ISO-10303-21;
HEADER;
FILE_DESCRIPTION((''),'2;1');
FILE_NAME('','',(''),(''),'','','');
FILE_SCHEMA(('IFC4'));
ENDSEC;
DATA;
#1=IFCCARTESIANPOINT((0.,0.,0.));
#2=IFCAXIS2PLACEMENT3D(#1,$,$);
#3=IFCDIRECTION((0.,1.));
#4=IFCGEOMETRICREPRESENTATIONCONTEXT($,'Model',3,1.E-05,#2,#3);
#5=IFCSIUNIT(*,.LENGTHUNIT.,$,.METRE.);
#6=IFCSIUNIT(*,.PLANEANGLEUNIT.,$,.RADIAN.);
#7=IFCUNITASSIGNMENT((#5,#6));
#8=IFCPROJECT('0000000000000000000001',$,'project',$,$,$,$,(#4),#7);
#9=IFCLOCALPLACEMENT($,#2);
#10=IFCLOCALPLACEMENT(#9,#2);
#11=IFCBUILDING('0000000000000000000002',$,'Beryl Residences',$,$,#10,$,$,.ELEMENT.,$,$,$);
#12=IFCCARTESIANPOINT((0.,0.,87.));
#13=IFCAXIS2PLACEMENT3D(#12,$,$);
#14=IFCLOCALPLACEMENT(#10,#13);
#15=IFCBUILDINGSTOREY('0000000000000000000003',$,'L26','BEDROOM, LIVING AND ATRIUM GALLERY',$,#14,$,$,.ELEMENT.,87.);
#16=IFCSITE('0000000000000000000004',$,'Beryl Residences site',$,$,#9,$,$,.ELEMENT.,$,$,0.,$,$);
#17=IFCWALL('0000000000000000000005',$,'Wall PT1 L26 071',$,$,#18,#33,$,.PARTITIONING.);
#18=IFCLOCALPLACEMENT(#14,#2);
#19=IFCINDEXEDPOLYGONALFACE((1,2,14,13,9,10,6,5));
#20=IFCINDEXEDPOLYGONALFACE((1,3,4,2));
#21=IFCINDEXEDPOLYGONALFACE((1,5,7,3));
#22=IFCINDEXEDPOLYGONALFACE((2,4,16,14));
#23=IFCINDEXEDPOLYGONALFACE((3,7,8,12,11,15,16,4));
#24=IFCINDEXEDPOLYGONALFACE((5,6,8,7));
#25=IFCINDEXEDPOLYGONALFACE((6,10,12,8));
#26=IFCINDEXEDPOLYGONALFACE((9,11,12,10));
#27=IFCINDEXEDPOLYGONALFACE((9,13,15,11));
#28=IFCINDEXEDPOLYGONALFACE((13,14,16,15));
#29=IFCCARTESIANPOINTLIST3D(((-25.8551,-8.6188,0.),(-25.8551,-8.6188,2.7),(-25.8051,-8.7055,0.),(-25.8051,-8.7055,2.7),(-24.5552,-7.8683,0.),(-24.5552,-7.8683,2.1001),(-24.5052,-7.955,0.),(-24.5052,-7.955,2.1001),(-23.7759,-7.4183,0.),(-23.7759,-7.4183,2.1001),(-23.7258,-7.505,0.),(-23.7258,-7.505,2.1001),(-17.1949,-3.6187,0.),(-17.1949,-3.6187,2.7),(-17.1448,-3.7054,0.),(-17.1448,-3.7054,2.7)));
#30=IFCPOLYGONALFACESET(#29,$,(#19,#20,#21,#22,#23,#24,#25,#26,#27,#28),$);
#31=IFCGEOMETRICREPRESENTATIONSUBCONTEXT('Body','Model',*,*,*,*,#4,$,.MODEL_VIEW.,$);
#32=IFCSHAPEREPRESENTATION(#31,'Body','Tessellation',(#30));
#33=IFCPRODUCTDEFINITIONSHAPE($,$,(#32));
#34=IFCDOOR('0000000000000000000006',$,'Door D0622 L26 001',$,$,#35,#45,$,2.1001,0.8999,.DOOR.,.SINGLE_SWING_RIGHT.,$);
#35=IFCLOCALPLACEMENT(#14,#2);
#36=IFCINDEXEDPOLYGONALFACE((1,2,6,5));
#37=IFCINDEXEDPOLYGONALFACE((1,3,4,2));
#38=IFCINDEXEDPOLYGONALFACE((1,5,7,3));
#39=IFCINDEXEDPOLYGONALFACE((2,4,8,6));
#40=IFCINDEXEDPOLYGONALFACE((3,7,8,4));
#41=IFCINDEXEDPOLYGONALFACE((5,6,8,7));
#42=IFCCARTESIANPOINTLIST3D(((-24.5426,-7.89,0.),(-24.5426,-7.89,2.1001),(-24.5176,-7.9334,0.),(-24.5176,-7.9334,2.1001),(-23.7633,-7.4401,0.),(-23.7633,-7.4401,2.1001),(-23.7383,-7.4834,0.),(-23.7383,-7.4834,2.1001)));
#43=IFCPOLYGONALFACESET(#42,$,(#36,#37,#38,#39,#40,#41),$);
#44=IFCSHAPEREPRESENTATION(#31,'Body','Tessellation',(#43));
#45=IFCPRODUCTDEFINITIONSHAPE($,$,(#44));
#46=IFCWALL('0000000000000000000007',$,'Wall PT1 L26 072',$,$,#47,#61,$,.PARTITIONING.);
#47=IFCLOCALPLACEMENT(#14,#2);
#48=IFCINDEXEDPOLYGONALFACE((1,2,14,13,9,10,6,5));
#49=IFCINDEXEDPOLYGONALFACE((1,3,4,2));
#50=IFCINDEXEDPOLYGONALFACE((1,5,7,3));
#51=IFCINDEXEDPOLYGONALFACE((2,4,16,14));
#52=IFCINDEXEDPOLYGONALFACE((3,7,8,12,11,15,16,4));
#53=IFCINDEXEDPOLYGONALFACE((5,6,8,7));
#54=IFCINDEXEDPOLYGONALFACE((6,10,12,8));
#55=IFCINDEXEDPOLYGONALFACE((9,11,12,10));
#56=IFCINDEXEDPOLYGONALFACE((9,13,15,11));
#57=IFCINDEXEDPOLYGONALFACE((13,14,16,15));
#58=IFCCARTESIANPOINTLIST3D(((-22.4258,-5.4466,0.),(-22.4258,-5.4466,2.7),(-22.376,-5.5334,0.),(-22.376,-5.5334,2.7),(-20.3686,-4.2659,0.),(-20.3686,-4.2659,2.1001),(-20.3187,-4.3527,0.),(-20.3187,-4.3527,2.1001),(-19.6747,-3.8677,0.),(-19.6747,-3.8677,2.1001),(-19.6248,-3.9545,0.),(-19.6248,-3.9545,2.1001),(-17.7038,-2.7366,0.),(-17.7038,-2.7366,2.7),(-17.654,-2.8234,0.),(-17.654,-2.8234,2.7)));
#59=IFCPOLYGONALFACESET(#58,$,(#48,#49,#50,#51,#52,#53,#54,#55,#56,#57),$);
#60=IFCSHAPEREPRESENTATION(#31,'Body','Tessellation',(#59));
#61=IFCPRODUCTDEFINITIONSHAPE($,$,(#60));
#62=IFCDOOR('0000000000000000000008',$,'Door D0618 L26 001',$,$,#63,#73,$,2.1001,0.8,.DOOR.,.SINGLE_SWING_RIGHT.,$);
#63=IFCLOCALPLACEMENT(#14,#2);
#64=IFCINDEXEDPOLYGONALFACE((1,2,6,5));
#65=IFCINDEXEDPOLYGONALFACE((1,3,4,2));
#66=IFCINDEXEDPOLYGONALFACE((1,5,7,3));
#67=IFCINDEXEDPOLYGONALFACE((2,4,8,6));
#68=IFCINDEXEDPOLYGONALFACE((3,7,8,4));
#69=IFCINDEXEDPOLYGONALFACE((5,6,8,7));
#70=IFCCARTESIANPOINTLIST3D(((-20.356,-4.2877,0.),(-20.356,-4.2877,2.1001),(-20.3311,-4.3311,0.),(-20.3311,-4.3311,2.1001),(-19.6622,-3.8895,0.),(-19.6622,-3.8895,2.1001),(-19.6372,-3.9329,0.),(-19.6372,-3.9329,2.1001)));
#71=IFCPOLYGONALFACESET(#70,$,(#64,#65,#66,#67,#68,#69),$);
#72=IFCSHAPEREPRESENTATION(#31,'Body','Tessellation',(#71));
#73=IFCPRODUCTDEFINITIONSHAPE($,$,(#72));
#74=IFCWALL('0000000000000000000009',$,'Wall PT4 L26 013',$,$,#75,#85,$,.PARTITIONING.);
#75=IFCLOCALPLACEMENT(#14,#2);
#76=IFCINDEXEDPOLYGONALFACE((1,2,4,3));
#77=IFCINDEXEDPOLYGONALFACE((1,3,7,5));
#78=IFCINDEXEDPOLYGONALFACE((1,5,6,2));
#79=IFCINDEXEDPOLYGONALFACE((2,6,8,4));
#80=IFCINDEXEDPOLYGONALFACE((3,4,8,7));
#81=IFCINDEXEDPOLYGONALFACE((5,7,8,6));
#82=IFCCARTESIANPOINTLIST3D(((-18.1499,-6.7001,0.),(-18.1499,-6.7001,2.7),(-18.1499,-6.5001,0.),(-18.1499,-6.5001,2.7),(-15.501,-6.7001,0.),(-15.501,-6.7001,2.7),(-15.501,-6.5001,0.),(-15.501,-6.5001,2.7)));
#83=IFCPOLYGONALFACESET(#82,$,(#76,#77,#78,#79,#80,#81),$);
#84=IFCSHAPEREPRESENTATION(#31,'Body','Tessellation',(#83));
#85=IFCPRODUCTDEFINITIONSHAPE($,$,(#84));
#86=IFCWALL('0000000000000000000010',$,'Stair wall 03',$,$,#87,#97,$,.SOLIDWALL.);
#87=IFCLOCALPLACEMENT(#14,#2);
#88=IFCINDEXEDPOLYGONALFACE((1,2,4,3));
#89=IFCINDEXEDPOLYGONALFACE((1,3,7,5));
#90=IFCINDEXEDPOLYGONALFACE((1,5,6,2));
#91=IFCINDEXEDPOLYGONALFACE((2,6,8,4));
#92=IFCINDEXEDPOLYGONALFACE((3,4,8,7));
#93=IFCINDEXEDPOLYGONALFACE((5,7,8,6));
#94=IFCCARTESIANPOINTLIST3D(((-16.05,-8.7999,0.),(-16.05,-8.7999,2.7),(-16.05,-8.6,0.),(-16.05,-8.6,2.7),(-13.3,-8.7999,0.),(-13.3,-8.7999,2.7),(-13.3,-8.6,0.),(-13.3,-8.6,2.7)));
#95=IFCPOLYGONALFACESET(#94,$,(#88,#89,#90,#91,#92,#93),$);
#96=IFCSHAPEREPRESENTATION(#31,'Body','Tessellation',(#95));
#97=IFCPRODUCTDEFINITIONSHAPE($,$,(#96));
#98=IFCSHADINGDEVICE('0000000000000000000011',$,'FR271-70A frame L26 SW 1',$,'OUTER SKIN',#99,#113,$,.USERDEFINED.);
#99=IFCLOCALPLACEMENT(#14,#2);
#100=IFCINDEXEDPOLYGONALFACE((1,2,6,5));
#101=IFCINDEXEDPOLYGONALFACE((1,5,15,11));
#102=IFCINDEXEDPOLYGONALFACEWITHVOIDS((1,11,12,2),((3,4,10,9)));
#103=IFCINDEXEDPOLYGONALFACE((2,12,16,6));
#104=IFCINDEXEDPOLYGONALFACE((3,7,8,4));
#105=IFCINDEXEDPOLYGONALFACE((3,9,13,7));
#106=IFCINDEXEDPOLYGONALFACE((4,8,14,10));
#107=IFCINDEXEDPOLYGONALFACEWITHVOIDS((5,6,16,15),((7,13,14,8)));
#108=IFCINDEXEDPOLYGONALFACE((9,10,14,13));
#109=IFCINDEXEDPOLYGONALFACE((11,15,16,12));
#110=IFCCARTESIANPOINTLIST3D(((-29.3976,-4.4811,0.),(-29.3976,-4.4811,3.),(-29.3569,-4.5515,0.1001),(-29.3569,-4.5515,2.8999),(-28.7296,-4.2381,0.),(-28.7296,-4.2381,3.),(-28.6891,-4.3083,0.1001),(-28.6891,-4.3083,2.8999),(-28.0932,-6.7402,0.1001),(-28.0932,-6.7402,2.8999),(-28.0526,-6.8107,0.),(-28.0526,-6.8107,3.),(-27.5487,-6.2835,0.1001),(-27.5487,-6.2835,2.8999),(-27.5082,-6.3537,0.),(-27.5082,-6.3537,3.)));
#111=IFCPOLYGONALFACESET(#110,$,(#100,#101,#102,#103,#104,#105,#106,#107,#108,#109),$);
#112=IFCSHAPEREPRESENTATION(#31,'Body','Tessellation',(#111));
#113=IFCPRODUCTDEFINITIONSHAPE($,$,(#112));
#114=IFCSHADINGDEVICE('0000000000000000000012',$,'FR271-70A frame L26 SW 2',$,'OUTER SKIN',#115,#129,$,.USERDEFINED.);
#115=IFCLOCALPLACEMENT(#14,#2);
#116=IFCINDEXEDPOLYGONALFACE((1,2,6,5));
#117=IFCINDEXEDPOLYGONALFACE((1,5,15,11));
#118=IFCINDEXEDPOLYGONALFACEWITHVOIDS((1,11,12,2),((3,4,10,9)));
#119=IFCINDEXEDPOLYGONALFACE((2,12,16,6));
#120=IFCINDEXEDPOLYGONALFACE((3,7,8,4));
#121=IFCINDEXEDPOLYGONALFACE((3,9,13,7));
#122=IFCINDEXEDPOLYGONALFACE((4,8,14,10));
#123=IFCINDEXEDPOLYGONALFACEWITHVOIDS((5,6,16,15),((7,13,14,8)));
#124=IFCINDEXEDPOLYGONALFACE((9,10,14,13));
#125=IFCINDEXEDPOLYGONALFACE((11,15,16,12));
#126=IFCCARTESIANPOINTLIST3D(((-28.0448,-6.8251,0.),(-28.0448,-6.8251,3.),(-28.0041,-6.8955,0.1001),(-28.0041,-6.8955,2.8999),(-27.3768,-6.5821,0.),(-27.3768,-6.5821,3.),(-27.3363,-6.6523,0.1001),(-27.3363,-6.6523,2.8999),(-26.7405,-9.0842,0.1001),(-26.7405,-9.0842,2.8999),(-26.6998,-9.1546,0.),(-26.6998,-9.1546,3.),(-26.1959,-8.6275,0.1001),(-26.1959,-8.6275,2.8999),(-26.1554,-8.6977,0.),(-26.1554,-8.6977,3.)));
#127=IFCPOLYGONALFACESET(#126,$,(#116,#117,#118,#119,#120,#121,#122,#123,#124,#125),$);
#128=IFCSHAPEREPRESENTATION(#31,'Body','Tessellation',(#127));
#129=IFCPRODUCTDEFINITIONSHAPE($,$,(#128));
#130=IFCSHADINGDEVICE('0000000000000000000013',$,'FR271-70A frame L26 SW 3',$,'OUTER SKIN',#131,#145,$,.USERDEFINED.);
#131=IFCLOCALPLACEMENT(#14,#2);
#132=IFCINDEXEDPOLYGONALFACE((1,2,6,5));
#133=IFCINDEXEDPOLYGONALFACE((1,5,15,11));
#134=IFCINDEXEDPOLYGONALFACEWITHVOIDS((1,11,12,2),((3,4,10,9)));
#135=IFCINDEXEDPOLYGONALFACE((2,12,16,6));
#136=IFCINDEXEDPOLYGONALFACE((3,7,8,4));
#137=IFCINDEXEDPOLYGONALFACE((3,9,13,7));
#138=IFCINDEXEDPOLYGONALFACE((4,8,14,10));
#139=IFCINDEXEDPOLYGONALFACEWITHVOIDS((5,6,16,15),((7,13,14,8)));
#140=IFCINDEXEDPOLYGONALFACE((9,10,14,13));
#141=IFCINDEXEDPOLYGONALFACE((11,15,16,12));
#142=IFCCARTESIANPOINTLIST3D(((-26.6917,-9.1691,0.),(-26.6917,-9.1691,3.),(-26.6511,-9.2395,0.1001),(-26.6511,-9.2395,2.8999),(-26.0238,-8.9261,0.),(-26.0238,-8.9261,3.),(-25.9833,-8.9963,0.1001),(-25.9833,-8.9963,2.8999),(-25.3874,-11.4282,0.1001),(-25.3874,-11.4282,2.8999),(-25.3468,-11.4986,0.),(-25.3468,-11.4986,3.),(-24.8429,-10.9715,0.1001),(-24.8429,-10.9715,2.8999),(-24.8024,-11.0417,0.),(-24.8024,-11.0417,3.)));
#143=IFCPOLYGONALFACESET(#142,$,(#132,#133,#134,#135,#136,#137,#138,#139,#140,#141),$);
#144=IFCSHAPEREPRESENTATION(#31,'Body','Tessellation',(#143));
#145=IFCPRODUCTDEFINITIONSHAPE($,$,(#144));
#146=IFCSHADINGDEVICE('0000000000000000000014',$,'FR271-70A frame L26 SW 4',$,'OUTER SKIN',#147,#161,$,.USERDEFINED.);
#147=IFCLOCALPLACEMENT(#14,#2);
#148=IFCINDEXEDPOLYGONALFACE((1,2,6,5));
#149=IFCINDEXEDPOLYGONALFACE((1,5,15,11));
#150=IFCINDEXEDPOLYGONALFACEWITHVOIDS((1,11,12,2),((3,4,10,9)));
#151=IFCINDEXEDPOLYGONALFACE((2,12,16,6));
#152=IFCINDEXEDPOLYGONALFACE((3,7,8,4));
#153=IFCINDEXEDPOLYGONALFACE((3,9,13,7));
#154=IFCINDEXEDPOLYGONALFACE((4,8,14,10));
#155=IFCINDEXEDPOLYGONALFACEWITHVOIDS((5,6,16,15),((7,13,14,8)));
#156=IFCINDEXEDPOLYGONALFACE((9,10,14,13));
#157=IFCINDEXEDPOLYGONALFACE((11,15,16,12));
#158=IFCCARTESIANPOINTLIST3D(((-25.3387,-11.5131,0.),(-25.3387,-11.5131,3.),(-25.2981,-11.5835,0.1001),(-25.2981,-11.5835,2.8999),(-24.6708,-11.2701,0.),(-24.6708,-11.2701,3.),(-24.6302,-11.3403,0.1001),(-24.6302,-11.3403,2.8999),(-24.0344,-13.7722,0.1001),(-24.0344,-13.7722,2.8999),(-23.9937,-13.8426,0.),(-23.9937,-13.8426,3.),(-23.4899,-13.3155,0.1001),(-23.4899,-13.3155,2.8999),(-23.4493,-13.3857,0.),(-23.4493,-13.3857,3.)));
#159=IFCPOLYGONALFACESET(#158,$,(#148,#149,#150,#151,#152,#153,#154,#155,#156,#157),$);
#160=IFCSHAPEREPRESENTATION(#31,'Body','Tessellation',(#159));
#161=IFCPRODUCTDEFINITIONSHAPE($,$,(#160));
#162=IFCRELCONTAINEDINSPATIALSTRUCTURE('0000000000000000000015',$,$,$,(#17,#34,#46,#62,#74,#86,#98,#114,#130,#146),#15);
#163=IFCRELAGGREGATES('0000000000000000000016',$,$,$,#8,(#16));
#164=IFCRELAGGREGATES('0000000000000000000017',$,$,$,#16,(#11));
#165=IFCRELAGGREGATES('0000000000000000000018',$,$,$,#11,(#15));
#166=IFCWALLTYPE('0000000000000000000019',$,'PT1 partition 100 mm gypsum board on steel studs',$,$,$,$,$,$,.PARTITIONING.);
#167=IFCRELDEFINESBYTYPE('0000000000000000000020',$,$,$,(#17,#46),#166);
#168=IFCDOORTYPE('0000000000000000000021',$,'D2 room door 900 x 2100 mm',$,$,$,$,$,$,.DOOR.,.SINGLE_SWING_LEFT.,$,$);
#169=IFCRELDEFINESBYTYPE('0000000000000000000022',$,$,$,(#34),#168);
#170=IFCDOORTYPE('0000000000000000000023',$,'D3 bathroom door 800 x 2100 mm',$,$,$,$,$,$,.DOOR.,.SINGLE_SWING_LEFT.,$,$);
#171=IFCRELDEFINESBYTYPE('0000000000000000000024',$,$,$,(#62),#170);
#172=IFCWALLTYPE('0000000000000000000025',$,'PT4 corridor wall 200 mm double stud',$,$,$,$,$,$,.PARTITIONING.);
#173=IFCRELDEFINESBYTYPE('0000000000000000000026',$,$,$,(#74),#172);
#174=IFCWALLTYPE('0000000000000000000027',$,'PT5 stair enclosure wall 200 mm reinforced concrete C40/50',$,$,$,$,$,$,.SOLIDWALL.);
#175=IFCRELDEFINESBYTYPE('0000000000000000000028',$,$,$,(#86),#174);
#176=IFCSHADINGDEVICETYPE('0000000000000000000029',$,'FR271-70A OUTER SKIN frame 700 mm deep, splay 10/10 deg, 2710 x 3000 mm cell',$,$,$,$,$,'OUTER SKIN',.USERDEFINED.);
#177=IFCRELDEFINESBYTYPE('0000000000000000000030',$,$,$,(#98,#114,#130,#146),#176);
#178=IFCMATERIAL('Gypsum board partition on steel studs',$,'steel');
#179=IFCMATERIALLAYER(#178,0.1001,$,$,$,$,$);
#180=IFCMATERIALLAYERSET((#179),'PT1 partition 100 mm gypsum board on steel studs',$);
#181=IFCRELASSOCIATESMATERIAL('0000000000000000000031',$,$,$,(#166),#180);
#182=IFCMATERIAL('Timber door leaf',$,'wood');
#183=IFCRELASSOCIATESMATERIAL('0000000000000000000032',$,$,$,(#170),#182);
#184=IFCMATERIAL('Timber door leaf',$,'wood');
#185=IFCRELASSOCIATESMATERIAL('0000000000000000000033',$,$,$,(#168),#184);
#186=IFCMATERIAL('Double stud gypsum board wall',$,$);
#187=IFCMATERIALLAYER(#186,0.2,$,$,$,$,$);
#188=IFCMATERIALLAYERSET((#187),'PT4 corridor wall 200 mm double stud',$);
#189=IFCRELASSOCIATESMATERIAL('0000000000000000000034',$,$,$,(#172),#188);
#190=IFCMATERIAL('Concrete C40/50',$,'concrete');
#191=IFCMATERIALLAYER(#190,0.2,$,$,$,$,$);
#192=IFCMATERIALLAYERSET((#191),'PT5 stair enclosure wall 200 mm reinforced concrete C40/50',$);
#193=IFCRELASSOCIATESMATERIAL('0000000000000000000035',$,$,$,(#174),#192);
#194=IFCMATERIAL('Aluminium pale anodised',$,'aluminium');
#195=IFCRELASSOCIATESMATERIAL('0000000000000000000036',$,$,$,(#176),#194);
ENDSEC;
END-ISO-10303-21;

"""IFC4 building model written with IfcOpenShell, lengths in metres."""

from ifc_helpers import new_model, entity, si_unit, direction, frame, frame_2d, origin, place, context, subcontext, project, spatial, rectangle, extrude, source, transform, mapped, material, layer, layer_set, type_object, type_shapes, element, fill, save


model = new_model("IFC4")

# Units and contexts
model_context = context("Model", 3, precision=1e-05, world=origin(), true_north=direction((0.0, 1.0)))
body_context = subcontext(model_context, "Body", "Model", "MODEL_VIEW")
ifc_project = project(units=[si_unit("LENGTHUNIT", "METRE"), si_unit("PLANEANGLEUNIT", "RADIAN")], contexts=[model_context])

# Site, building, storey
site_placement = place(None, origin())
site = spatial("IfcSite", under=ifc_project, at=site_placement, Name="Beryl Residences site", CompositionType="ELEMENT", RefElevation=0.0)
building_placement = place(site_placement, origin())
building = spatial("IfcBuilding", under=site, at=building_placement, Name="Beryl Residences", CompositionType="ELEMENT")
storey_placement = place(building_placement, frame((0.0, 0.0, 87.0)))
storey = spatial("IfcBuildingStorey", under=building, at=storey_placement, Name="L26", Description="BEDROOM, LIVING AND ATRIUM GALLERY", CompositionType="ELEMENT", Elevation=87.0)

# Shared definitions
ifc_material_1 = material(Name="Gypsum board partition on steel studs", Category="steel")
ifc_layer_1 = layer(ifc_material_1, 0.1001)
ifc_layer_set_1 = layer_set([ifc_layer_1], Name="PT1 partition 100 mm gypsum board on steel studs")
wall_type_1 = type_object("IfcWallType", Name="PT1 partition 100 mm gypsum board on steel studs", PredefinedType="PARTITIONING", material=ifc_layer_set_1)

# Shared definitions
ifc_material_2 = material(Name="Timber door leaf", Category="wood")
door_type_1 = type_object("IfcDoorType", Name="D3 bathroom door 800 x 2100 mm", OperationType="SINGLE_SWING_LEFT", PredefinedType="DOOR", material=ifc_material_2)
ifc_material_3 = material(Name="Timber door leaf", Category="wood")
door_type_2 = type_object("IfcDoorType", Name="D2 room door 900 x 2100 mm", OperationType="SINGLE_SWING_LEFT", PredefinedType="DOOR", material=ifc_material_3)

# Walls, openings, doors
wall_1_placement = place(storey_placement, frame((-25.8301, -8.6621, 0.0), z_axis=(0.0, 0.0, 1.0), x_axis=(0.866023, 0.500004, 0.0)))
wall_1 = element("IfcWall", 1, at=wall_1_placement, inside=storey, type_object=wall_type_1, Name="Wall PT1 L26 071", PredefinedType="PARTITIONING", context=body_context, shape_type="SweptSolid", body=[
    extrude(rectangle(XDim=10.0, YDim=0.1001, at=frame_2d((5.0, 0.0))), origin(), (0.0, 0.0, 1.0), 2.7),
])
opening_1_placement = place(wall_1_placement, frame((1.501, 0.0, 0.0)))
opening_1 = element("IfcOpeningElement", 2, at=opening_1_placement, cuts=wall_1, PredefinedType="OPENING", context=body_context, shape_type="SweptSolid", body=[
    extrude(rectangle(XDim=0.8999, YDim=2.1001, at=frame_2d((0.45, 1.05))), frame((0.0, 0.0601, 0.0), z_axis=(0.0, -1.0, 0.0), x_axis=(1.0, 0.0, 0.0)), (0.0, 0.0, 1.0), 0.1201),
])
door_1_placement = place(opening_1_placement, origin())
door_1 = element("IfcDoor", 3, at=door_1_placement, inside=storey, type_object=door_type_2, Name="Door D0622 L26 001", OperationType="SINGLE_SWING_RIGHT", OverallHeight=2.1001, OverallWidth=0.8999, PredefinedType="DOOR", context=body_context, shape_type="SweptSolid", body=[
    extrude(rectangle(XDim=0.8999, YDim=2.1001, at=frame_2d((0.45, 1.05))), frame((0.0, 0.0249, 0.0), z_axis=(0.0, -1.0, 0.0), x_axis=(1.0, 0.0, 0.0)), (0.0, 0.0, 1.0), 0.05),
])
fill(opening_1, door_1)
wall_2_placement = place(storey_placement, frame((-22.4009, -5.49, 0.0), z_axis=(0.0, 0.0, 1.0), x_axis=(0.867314, 0.497761, 0.0)))
wall_2 = element("IfcWall", 4, at=wall_2_placement, inside=storey, type_object=wall_type_1, Name="Wall PT1 L26 072", PredefinedType="PARTITIONING", context=body_context, shape_type="SweptSolid", body=[
    extrude(rectangle(XDim=5.4443, YDim=0.1001, at=frame_2d((2.7222, 0.0))), origin(), (0.0, 0.0, 1.0), 2.7),
])
opening_2_placement = place(wall_2_placement, frame((2.3721, 0.0, 0.0)))
opening_2 = element("IfcOpeningElement", 5, at=opening_2_placement, cuts=wall_2, PredefinedType="OPENING", context=body_context, shape_type="SweptSolid", body=[
    extrude(rectangle(XDim=0.8, YDim=2.1001, at=frame_2d((0.3999, 1.05))), frame((0.0, 0.0601, 0.0), z_axis=(0.0, -1.0, 0.0), x_axis=(1.0, 0.0, 0.0)), (0.0, 0.0, 1.0), 0.1201),
])
door_2_placement = place(opening_2_placement, origin())
door_2 = element("IfcDoor", 6, at=door_2_placement, inside=storey, type_object=door_type_1, Name="Door D0618 L26 001", OperationType="SINGLE_SWING_RIGHT", OverallHeight=2.1001, OverallWidth=0.8, PredefinedType="DOOR", context=body_context, shape_type="SweptSolid", body=[
    extrude(rectangle(XDim=0.8, YDim=2.1001, at=frame_2d((0.3999, 1.05))), frame((0.0, 0.0249, 0.0), z_axis=(0.0, -1.0, 0.0), x_axis=(1.0, 0.0, 0.0)), (0.0, 0.0, 1.0), 0.05),
])
fill(opening_2, door_2)

# Walls
ifc_material_4 = material(Name="Double stud gypsum board wall")
ifc_layer_2 = layer(ifc_material_4, 0.2)
ifc_layer_set_2 = layer_set([ifc_layer_2], Name="PT4 corridor wall 200 mm double stud")
wall_type_2 = type_object("IfcWallType", Name="PT4 corridor wall 200 mm double stud", PredefinedType="PARTITIONING", material=ifc_layer_set_2)
wall_3_placement = place(storey_placement, frame((-18.1499, -6.6001, 0.0), z_axis=(0.0, 0.0, 1.0), x_axis=(1.0, 0.0, 0.0)))
element("IfcWall", 7, at=wall_3_placement, inside=storey, type_object=wall_type_2, Name="Wall PT4 L26 013", PredefinedType="PARTITIONING", context=body_context, shape_type="SweptSolid", body=[
    extrude(rectangle(XDim=2.6489, YDim=0.2, at=frame_2d((1.3245, 0.0))), origin(), (0.0, 0.0, 1.0), 2.7),
])
ifc_material_5 = material(Name="Concrete C40/50", Category="concrete")
ifc_layer_3 = layer(ifc_material_5, 0.2)
ifc_layer_set_3 = layer_set([ifc_layer_3], Name="PT5 stair enclosure wall 200 mm reinforced concrete C40/50")
wall_type_3 = type_object("IfcWallType", Name="PT5 stair enclosure wall 200 mm reinforced concrete C40/50", PredefinedType="SOLIDWALL", material=ifc_layer_set_3)
wall_4_placement = place(storey_placement, frame((-16.05, -8.7, 0.0), z_axis=(0.0, 0.0, 1.0), x_axis=(1.0, 0.0, 0.0)))
element("IfcWall", 8, at=wall_4_placement, inside=storey, type_object=wall_type_3, Name="Stair wall 03", PredefinedType="SOLIDWALL", context=body_context, shape_type="SweptSolid", body=[
    extrude(rectangle(XDim=2.75, YDim=0.2, at=frame_2d((1.375, 0.0))), origin(), (0.0, 0.0, 1.0), 2.7),
])

# Shading devices
ifc_material_6 = material(Name="Aluminium pale anodised", Category="aluminium")
shading_device_type = type_object("IfcShadingDeviceType", Name="FR271-70A OUTER SKIN frame 700 mm deep, splay 10/10 deg, 2710 x 3000 mm cell", ElementType="OUTER SKIN", PredefinedType="USERDEFINED", material=ifc_material_6)
cartesian_point_1 = entity("IfcCartesianPoint", [-1.2214, 0.0])
cartesian_point_2 = entity("IfcCartesianPoint", [-1.1404, 0.1001])
cartesian_point_3 = entity("IfcCartesianPoint", [-1.345, 0.0])
cartesian_point_4 = entity("IfcCartesianPoint", [-1.2637, 0.1001])
shared_shape_1 = source(origin(), body_context, "Body", "SweptSolid", [
    entity("IfcExtrudedAreaSolidTapered", entity("IfcArbitraryProfileDefWithVoids", "AREA", None, entity("IfcPolyline", [cartesian_point_1, entity("IfcCartesianPoint", [1.2214, 0.0]), entity("IfcCartesianPoint", [1.2214, 3.0]), entity("IfcCartesianPoint", [-1.2214, 3.0]), cartesian_point_1]), [entity("IfcPolyline", [cartesian_point_2, entity("IfcCartesianPoint", [1.1404, 0.1001]), entity("IfcCartesianPoint", [1.1404, 2.8999]), entity("IfcCartesianPoint", [-1.1404, 2.8999]), cartesian_point_2])]), entity("IfcAxis2Placement3D", entity("IfcCartesianPoint", [0.0, 0.0, 0.0]), entity("IfcDirection", [0.0, 1.0, 0.0]), entity("IfcDirection", [-1.0, 0.0, 0.0])), entity("IfcDirection", [0.0, 0.0, 1.0]), 0.7, entity("IfcArbitraryProfileDefWithVoids", "AREA", None, entity("IfcPolyline", [cartesian_point_3, entity("IfcCartesianPoint", [1.345, 0.0]), entity("IfcCartesianPoint", [1.345, 3.0]), entity("IfcCartesianPoint", [-1.345, 3.0]), cartesian_point_3]), [entity("IfcPolyline", [cartesian_point_4, entity("IfcCartesianPoint", [1.2637, 0.1001]), entity("IfcCartesianPoint", [1.2637, 2.8999]), entity("IfcCartesianPoint", [-1.2637, 2.8999]), cartesian_point_4])])),
])
type_shapes(shading_device_type, [shared_shape_1])
for number, where, z_axis, x_axis, name in (
    (9, (-28.1189, -5.2959, 0.0), (0.0, 0.0, 1.0), (-0.5, 0.866025, 0.0), "FR271-70A frame L26 SW 1"),
    (10, (-26.7661, -7.6399, 0.0), (0.0, 0.0, 1.0), (-0.5, 0.866025, 0.0), "FR271-70A frame L26 SW 2"),
    (11, (-25.4131, -9.9839, 0.0), (0.0, 0.0, 1.0), (-0.5, 0.866025, 0.0), "FR271-70A frame L26 SW 3"),
    (12, (-24.0601, -12.3279, 0.0), (0.0, 0.0, 1.0), (-0.5, 0.866025, 0.0), "FR271-70A frame L26 SW 4"),
):
    element("IfcShadingDevice", number, at=place(storey_placement, frame(where, z_axis=z_axis, x_axis=x_axis)), inside=storey, type_object=shading_device_type, Name=name, ObjectType="OUTER SKIN", PredefinedType="USERDEFINED", context=body_context, shape_type="MappedRepresentation", body=[
        mapped(shared_shape_1, transform((0.0, 0.0, 0.0))),
    ])

save(model, "model.ifc")
